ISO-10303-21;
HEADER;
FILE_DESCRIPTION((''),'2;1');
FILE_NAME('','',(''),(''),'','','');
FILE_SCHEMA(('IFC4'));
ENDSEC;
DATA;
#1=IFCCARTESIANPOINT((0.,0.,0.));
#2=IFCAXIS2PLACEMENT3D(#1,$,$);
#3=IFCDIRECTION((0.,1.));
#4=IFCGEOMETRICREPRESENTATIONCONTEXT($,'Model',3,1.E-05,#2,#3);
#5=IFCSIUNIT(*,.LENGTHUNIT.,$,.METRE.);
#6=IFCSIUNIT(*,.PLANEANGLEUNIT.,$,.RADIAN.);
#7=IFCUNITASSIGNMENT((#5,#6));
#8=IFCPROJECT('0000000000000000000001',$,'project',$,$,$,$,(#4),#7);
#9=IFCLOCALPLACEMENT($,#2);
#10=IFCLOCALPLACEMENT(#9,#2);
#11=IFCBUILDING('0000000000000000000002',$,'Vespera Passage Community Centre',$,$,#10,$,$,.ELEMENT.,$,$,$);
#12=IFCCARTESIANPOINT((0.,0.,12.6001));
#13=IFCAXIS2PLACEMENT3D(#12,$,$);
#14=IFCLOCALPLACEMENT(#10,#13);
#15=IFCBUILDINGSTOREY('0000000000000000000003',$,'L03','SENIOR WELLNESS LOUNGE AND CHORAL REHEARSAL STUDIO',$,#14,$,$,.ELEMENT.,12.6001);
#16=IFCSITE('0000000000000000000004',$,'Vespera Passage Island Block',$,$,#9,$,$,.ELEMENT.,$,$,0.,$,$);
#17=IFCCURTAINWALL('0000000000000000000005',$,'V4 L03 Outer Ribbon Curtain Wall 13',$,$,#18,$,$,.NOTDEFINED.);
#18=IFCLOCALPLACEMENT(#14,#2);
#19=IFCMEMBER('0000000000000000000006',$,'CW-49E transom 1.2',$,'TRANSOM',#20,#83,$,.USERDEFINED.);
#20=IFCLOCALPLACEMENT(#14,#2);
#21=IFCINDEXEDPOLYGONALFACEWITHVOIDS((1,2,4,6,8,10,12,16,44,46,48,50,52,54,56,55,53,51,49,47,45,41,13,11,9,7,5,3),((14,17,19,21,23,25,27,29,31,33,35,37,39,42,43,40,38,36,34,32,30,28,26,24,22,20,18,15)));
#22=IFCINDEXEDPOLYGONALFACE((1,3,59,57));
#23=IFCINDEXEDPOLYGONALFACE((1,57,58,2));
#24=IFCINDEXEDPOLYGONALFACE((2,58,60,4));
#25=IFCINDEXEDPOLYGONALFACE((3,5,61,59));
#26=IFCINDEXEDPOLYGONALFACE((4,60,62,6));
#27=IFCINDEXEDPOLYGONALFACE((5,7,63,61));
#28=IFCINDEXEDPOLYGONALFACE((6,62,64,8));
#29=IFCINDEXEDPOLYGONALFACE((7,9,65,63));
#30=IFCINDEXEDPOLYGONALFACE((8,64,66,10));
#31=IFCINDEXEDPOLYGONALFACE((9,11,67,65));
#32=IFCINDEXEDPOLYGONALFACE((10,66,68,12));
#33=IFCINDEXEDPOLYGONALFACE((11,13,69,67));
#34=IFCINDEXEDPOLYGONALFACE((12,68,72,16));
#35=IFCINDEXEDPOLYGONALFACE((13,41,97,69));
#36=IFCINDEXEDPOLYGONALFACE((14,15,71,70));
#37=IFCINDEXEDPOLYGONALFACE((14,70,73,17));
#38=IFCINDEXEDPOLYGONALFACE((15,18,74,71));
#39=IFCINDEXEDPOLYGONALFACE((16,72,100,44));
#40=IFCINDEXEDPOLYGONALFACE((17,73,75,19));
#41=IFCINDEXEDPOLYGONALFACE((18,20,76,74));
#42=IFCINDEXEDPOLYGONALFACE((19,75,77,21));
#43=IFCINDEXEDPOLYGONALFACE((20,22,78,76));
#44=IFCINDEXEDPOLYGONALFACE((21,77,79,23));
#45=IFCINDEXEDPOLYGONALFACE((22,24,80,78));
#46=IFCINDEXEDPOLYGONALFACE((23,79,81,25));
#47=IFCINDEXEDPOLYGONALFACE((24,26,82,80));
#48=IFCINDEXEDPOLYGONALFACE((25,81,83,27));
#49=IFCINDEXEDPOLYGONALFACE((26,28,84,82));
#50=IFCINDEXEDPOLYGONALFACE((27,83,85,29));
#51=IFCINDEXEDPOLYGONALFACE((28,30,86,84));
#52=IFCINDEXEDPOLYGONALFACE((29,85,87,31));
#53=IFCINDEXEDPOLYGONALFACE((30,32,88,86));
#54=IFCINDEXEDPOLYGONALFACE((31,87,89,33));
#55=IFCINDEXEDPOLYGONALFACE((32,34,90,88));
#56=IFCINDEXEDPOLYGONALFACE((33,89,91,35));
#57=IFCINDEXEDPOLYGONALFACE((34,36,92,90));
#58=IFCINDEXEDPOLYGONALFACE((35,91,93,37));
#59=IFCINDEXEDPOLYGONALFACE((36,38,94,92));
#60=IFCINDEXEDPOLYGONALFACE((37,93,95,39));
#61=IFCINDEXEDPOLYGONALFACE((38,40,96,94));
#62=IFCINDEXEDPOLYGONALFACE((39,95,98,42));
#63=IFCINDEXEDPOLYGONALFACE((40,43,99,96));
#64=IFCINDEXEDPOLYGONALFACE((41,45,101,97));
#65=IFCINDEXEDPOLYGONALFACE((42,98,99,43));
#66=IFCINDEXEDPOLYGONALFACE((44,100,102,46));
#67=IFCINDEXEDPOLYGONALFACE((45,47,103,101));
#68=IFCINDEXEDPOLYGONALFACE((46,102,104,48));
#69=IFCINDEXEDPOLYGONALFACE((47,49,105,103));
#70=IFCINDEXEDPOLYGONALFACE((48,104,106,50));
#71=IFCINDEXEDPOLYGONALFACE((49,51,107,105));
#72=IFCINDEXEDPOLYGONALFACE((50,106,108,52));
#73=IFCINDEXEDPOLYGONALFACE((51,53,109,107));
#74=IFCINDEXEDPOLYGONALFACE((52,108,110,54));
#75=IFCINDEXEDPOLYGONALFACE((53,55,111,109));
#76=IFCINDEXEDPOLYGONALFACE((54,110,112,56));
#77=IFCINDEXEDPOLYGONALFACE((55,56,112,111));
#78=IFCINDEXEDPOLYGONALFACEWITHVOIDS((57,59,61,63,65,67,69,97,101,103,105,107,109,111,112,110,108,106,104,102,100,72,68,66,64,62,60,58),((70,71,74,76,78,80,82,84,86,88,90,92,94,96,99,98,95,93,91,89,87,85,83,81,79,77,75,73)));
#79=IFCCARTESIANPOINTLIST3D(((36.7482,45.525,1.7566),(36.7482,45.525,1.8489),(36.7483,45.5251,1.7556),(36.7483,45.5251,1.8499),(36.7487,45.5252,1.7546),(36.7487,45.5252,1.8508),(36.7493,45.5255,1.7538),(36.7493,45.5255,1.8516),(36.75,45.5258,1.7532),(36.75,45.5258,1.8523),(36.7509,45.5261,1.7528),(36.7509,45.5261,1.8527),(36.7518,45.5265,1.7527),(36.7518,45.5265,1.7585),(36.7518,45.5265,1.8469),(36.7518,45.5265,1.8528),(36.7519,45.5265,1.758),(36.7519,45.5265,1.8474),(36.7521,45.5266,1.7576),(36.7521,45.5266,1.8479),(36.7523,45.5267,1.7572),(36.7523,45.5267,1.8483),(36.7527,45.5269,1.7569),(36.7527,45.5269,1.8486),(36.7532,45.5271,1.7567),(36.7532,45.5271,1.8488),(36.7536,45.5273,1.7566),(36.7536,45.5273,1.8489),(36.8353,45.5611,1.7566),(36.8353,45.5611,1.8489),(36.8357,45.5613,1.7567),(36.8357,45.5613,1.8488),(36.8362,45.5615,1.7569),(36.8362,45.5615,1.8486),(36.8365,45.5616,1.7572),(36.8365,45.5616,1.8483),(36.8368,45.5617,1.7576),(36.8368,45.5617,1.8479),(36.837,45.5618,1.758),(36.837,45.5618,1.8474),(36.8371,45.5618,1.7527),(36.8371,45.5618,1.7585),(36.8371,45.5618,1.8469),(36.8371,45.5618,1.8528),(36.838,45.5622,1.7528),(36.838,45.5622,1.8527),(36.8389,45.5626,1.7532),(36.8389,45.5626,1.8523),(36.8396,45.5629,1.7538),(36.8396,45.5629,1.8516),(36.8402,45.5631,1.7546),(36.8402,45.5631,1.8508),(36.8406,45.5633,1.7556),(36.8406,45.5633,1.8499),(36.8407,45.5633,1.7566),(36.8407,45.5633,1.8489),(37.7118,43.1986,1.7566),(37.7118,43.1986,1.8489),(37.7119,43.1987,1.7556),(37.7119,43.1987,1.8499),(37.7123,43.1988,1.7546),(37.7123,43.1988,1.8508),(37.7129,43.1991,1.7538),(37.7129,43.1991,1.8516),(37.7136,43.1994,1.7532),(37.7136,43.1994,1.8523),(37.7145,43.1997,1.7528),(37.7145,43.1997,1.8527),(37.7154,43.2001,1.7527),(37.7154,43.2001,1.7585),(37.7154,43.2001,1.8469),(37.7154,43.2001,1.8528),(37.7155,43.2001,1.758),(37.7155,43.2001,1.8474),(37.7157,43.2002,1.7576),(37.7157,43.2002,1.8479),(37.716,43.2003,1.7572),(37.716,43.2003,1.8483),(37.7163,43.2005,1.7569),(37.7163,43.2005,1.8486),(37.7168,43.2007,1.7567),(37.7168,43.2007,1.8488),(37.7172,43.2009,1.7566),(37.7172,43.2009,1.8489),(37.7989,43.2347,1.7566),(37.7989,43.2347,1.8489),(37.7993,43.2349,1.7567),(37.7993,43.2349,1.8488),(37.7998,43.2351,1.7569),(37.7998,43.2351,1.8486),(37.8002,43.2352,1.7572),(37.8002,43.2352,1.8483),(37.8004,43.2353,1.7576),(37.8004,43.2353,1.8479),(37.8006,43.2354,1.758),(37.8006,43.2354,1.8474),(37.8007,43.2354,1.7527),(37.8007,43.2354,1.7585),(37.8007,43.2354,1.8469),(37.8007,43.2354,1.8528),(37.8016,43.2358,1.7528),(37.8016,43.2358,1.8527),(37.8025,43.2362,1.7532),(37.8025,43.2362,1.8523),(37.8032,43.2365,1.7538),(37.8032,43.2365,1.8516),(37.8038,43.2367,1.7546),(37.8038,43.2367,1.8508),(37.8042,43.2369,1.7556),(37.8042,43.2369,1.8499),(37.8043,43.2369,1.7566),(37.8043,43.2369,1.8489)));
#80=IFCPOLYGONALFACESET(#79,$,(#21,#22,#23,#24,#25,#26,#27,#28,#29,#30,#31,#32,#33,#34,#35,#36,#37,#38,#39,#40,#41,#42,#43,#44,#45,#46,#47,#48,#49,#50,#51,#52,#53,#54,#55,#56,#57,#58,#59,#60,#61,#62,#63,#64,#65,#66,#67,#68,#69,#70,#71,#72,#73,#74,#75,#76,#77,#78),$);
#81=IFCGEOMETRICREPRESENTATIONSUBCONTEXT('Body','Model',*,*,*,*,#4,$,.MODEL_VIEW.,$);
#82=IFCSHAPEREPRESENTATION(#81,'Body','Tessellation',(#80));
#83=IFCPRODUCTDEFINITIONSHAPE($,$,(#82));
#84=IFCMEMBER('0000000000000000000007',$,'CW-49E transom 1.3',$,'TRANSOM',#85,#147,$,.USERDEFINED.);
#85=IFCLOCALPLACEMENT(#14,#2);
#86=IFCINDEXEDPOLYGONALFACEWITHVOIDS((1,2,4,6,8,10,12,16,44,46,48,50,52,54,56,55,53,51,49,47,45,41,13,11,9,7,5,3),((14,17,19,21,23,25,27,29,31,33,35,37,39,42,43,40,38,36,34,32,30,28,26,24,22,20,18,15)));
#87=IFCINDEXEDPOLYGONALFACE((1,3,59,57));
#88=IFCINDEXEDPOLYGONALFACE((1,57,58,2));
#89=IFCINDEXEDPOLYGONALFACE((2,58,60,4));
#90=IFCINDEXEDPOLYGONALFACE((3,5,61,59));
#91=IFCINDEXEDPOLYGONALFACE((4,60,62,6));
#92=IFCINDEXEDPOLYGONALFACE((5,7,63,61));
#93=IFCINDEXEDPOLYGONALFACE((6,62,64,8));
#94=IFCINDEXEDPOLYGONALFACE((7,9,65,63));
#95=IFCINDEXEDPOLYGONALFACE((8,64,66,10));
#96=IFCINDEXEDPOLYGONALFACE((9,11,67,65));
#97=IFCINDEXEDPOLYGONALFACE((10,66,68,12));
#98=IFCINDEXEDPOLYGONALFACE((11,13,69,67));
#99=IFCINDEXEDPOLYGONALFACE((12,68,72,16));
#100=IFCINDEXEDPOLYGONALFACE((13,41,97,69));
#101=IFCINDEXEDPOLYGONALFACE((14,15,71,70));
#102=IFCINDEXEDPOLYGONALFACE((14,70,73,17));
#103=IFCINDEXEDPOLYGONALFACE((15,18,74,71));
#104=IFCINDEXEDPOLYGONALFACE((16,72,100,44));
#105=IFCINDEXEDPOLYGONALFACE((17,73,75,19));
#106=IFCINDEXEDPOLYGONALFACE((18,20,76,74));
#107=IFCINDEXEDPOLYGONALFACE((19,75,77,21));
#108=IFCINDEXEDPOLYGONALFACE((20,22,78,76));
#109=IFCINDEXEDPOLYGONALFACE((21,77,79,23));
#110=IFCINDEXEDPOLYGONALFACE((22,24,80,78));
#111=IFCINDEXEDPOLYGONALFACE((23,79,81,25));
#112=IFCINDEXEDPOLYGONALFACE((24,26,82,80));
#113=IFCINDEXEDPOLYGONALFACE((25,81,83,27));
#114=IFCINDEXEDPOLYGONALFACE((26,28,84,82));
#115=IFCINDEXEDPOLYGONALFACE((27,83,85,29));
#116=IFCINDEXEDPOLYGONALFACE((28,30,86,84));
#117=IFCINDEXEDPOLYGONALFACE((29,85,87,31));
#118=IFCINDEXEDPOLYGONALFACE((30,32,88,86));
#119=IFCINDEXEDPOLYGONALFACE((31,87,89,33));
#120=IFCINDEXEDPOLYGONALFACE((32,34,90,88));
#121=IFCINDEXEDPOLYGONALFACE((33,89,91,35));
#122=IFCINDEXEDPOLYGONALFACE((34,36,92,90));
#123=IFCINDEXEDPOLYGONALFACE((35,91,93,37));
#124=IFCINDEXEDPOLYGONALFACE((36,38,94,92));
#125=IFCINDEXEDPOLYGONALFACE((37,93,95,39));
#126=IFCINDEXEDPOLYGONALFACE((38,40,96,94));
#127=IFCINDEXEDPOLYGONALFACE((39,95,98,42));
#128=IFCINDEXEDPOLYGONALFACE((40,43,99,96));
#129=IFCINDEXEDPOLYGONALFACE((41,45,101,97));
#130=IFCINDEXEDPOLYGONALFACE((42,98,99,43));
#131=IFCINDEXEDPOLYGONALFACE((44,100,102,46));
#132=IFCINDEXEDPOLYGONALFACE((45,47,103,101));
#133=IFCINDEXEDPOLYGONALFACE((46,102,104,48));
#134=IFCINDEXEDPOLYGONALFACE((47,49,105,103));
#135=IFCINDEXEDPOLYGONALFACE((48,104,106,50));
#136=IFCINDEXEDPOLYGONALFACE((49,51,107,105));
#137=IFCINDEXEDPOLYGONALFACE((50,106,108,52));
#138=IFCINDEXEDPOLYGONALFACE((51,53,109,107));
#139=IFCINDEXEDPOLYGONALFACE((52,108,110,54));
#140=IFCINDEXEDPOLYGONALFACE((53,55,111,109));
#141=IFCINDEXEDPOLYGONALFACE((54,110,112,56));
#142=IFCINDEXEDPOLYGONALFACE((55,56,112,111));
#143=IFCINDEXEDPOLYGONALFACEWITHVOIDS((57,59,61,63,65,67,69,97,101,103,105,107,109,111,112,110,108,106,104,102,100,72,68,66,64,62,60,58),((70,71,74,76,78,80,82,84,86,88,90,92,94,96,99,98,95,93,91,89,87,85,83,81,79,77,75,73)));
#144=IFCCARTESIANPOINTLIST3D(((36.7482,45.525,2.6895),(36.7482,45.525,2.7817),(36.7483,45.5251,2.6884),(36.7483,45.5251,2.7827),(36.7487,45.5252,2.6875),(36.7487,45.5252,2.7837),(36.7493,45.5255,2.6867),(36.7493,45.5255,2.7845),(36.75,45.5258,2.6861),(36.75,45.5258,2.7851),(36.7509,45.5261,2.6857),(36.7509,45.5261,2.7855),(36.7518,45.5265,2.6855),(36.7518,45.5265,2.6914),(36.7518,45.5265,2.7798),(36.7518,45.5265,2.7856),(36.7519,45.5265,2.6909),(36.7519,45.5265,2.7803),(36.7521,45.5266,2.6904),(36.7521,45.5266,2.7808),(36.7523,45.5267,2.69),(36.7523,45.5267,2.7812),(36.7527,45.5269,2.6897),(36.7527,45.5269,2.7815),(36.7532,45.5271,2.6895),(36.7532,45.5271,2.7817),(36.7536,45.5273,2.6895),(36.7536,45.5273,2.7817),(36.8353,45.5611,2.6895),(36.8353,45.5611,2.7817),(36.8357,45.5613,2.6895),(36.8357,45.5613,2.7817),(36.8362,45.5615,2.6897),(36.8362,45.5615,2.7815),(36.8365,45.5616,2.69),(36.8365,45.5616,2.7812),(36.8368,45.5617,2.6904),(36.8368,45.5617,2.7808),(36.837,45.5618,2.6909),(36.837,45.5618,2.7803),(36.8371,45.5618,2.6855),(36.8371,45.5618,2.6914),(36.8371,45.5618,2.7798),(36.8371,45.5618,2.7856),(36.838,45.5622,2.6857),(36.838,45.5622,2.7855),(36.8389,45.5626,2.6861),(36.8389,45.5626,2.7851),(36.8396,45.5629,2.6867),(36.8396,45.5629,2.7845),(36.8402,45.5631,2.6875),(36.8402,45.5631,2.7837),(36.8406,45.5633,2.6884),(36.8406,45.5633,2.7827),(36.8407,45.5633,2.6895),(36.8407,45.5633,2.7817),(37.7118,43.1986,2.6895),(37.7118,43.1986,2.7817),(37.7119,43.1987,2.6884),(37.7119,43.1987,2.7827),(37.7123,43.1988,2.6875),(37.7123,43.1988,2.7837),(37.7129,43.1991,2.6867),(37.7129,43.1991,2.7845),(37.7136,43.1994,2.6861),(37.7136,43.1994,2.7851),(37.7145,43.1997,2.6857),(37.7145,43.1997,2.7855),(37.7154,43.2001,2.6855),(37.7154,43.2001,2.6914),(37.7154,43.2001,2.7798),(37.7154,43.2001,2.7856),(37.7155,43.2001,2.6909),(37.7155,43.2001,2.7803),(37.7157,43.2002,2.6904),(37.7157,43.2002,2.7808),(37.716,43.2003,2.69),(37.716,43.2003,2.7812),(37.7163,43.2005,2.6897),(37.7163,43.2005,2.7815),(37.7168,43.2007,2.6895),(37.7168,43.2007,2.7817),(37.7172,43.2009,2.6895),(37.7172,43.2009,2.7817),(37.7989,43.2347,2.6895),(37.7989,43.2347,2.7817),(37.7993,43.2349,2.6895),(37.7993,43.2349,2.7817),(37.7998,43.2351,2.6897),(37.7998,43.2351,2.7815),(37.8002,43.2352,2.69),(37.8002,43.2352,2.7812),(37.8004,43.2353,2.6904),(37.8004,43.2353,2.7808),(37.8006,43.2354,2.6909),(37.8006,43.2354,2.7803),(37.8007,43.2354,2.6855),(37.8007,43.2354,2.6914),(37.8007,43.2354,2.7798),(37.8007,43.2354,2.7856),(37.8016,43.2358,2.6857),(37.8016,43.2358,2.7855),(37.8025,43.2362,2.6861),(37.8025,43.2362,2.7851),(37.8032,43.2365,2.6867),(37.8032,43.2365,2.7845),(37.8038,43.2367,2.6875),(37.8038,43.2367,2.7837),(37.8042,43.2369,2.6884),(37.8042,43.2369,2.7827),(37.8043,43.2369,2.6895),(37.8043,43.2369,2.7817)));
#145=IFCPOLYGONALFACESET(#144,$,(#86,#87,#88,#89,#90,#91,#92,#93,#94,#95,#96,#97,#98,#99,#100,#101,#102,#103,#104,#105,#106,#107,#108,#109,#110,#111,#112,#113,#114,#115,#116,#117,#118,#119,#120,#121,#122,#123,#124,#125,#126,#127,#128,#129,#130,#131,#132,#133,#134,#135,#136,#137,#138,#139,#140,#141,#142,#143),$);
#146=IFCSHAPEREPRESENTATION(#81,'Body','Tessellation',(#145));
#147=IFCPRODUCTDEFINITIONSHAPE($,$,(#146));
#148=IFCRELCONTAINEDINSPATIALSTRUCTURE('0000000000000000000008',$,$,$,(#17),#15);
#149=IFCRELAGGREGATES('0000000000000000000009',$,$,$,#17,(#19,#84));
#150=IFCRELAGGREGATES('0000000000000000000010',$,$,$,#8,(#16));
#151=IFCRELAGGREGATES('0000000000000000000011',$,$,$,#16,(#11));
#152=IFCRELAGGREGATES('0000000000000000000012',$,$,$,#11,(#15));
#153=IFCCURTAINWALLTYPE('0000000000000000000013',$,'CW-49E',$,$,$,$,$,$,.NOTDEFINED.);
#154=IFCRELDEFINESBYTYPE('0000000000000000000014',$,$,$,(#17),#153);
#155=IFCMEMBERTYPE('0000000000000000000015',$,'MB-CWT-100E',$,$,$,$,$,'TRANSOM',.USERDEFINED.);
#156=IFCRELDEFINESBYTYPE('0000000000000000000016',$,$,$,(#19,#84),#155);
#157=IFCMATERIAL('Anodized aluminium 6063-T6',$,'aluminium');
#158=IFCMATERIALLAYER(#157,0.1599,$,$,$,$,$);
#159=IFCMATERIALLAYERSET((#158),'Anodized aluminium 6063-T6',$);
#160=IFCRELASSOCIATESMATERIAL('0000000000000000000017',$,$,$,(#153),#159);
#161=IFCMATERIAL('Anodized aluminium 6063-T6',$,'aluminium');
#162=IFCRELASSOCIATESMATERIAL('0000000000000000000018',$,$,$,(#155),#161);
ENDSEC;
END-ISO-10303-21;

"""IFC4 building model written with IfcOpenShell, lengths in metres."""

from ifc_helpers import new_model, si_unit, direction, frame, origin, origin_2d, place, context, subcontext, project, spatial, hollow_rectangle, extrude, material, layer, layer_set, material_profile, profile_set, type_object, element, aggregate, save


model = new_model("IFC4")

# Units and contexts
model_context = context("Model", 3, precision=1e-05, world=origin(), true_north=direction((0.0, 1.0)))
body_context = subcontext(model_context, "Body", "Model", "MODEL_VIEW")
ifc_project = project(units=[si_unit("LENGTHUNIT", "METRE"), si_unit("PLANEANGLEUNIT", "RADIAN")], contexts=[model_context])

# Site, building, storey
site_placement = place(None, origin())
site = spatial("IfcSite", under=ifc_project, at=site_placement, Name="Vespera Passage Island Block", CompositionType="ELEMENT", RefElevation=0.0)
building_placement = place(site_placement, origin())
building = spatial("IfcBuilding", under=site, at=building_placement, Name="Vespera Passage Community Centre", CompositionType="ELEMENT")
storey_placement = place(building_placement, frame((0.0, 0.0, 12.6001)))
storey = spatial("IfcBuildingStorey", under=building, at=storey_placement, Name="L03", Description="SENIOR WELLNESS LOUNGE AND CHORAL REHEARSAL STUDIO", CompositionType="ELEMENT", Elevation=12.6001)

# Curtain wall, members
ifc_material_1 = material(Name="Anodized aluminium 6063-T6", Category="aluminium")
ifc_layer_1 = layer(ifc_material_1, 0.1599)
ifc_layer_set_1 = layer_set([ifc_layer_1], Name="Anodized aluminium 6063-T6")
curtain_wall_type = type_object("IfcCurtainWallType", Name="CW-49E", PredefinedType="NOTDEFINED", material=ifc_layer_set_1)
curtain_wall_placement = place(storey_placement, origin())
curtain_wall = element("IfcCurtainWall", 1, at=curtain_wall_placement, inside=storey, type_object=curtain_wall_type, Name="V4 L03 Outer Ribbon Curtain Wall 13", PredefinedType="NOTDEFINED")
ifc_material_2 = material(Name="Anodized aluminium 6063-T6", Category="aluminium")
ifc_material_profile_1 = material_profile(ifc_material_2, hollow_rectangle(XDim=0.1001, YDim=0.1001, WallThickness=0.0039, InnerFilletRadius=0.002, OuterFilletRadius=0.0039, at=origin_2d()), Name="ALU100X100X4")
ifc_profile_set_1 = profile_set([ifc_material_profile_1], Name="Anodized aluminium 6063-T6")
member_type_1 = type_object("IfcMemberType", Name="MB-CWT-100E", ElementType="TRANSOM", PredefinedType="USERDEFINED", material=ifc_profile_set_1)
member_1_placement = place(storey_placement, frame((37.7581, 43.2178, 1.8027), z_axis=(-0.38268, 0.923881, 0.0), x_axis=(-0.923881, -0.38268, 0.0)))
member_1 = element("IfcMember", 2, at=member_1_placement, type_object=member_type_1, Name="CW-49E transom 1.2", ObjectType="TRANSOM", PredefinedType="USERDEFINED", context=body_context, shape_type="SweptSolid", body=[
    extrude(hollow_rectangle(XDim=0.1001, YDim=0.1001, WallThickness=0.0039, InnerFilletRadius=0.002, OuterFilletRadius=0.0039, at=origin_2d()), origin(), (0.0, 0.0, 1.0), 2.5181),
])
member_2_placement = place(storey_placement, frame((37.7581, 43.2178, 2.7356), z_axis=(-0.38268, 0.923881, 0.0), x_axis=(-0.923881, -0.38268, 0.0)))
member_2 = element("IfcMember", 3, at=member_2_placement, type_object=member_type_1, Name="CW-49E transom 1.3", ObjectType="TRANSOM", PredefinedType="USERDEFINED", context=body_context, shape_type="SweptSolid", body=[
    extrude(hollow_rectangle(XDim=0.1001, YDim=0.1001, WallThickness=0.0039, InnerFilletRadius=0.002, OuterFilletRadius=0.0039, at=origin_2d()), origin(), (0.0, 0.0, 1.0), 2.5181),
])
aggregate(curtain_wall, [member_1, member_2])

save(model, "model.ifc")
